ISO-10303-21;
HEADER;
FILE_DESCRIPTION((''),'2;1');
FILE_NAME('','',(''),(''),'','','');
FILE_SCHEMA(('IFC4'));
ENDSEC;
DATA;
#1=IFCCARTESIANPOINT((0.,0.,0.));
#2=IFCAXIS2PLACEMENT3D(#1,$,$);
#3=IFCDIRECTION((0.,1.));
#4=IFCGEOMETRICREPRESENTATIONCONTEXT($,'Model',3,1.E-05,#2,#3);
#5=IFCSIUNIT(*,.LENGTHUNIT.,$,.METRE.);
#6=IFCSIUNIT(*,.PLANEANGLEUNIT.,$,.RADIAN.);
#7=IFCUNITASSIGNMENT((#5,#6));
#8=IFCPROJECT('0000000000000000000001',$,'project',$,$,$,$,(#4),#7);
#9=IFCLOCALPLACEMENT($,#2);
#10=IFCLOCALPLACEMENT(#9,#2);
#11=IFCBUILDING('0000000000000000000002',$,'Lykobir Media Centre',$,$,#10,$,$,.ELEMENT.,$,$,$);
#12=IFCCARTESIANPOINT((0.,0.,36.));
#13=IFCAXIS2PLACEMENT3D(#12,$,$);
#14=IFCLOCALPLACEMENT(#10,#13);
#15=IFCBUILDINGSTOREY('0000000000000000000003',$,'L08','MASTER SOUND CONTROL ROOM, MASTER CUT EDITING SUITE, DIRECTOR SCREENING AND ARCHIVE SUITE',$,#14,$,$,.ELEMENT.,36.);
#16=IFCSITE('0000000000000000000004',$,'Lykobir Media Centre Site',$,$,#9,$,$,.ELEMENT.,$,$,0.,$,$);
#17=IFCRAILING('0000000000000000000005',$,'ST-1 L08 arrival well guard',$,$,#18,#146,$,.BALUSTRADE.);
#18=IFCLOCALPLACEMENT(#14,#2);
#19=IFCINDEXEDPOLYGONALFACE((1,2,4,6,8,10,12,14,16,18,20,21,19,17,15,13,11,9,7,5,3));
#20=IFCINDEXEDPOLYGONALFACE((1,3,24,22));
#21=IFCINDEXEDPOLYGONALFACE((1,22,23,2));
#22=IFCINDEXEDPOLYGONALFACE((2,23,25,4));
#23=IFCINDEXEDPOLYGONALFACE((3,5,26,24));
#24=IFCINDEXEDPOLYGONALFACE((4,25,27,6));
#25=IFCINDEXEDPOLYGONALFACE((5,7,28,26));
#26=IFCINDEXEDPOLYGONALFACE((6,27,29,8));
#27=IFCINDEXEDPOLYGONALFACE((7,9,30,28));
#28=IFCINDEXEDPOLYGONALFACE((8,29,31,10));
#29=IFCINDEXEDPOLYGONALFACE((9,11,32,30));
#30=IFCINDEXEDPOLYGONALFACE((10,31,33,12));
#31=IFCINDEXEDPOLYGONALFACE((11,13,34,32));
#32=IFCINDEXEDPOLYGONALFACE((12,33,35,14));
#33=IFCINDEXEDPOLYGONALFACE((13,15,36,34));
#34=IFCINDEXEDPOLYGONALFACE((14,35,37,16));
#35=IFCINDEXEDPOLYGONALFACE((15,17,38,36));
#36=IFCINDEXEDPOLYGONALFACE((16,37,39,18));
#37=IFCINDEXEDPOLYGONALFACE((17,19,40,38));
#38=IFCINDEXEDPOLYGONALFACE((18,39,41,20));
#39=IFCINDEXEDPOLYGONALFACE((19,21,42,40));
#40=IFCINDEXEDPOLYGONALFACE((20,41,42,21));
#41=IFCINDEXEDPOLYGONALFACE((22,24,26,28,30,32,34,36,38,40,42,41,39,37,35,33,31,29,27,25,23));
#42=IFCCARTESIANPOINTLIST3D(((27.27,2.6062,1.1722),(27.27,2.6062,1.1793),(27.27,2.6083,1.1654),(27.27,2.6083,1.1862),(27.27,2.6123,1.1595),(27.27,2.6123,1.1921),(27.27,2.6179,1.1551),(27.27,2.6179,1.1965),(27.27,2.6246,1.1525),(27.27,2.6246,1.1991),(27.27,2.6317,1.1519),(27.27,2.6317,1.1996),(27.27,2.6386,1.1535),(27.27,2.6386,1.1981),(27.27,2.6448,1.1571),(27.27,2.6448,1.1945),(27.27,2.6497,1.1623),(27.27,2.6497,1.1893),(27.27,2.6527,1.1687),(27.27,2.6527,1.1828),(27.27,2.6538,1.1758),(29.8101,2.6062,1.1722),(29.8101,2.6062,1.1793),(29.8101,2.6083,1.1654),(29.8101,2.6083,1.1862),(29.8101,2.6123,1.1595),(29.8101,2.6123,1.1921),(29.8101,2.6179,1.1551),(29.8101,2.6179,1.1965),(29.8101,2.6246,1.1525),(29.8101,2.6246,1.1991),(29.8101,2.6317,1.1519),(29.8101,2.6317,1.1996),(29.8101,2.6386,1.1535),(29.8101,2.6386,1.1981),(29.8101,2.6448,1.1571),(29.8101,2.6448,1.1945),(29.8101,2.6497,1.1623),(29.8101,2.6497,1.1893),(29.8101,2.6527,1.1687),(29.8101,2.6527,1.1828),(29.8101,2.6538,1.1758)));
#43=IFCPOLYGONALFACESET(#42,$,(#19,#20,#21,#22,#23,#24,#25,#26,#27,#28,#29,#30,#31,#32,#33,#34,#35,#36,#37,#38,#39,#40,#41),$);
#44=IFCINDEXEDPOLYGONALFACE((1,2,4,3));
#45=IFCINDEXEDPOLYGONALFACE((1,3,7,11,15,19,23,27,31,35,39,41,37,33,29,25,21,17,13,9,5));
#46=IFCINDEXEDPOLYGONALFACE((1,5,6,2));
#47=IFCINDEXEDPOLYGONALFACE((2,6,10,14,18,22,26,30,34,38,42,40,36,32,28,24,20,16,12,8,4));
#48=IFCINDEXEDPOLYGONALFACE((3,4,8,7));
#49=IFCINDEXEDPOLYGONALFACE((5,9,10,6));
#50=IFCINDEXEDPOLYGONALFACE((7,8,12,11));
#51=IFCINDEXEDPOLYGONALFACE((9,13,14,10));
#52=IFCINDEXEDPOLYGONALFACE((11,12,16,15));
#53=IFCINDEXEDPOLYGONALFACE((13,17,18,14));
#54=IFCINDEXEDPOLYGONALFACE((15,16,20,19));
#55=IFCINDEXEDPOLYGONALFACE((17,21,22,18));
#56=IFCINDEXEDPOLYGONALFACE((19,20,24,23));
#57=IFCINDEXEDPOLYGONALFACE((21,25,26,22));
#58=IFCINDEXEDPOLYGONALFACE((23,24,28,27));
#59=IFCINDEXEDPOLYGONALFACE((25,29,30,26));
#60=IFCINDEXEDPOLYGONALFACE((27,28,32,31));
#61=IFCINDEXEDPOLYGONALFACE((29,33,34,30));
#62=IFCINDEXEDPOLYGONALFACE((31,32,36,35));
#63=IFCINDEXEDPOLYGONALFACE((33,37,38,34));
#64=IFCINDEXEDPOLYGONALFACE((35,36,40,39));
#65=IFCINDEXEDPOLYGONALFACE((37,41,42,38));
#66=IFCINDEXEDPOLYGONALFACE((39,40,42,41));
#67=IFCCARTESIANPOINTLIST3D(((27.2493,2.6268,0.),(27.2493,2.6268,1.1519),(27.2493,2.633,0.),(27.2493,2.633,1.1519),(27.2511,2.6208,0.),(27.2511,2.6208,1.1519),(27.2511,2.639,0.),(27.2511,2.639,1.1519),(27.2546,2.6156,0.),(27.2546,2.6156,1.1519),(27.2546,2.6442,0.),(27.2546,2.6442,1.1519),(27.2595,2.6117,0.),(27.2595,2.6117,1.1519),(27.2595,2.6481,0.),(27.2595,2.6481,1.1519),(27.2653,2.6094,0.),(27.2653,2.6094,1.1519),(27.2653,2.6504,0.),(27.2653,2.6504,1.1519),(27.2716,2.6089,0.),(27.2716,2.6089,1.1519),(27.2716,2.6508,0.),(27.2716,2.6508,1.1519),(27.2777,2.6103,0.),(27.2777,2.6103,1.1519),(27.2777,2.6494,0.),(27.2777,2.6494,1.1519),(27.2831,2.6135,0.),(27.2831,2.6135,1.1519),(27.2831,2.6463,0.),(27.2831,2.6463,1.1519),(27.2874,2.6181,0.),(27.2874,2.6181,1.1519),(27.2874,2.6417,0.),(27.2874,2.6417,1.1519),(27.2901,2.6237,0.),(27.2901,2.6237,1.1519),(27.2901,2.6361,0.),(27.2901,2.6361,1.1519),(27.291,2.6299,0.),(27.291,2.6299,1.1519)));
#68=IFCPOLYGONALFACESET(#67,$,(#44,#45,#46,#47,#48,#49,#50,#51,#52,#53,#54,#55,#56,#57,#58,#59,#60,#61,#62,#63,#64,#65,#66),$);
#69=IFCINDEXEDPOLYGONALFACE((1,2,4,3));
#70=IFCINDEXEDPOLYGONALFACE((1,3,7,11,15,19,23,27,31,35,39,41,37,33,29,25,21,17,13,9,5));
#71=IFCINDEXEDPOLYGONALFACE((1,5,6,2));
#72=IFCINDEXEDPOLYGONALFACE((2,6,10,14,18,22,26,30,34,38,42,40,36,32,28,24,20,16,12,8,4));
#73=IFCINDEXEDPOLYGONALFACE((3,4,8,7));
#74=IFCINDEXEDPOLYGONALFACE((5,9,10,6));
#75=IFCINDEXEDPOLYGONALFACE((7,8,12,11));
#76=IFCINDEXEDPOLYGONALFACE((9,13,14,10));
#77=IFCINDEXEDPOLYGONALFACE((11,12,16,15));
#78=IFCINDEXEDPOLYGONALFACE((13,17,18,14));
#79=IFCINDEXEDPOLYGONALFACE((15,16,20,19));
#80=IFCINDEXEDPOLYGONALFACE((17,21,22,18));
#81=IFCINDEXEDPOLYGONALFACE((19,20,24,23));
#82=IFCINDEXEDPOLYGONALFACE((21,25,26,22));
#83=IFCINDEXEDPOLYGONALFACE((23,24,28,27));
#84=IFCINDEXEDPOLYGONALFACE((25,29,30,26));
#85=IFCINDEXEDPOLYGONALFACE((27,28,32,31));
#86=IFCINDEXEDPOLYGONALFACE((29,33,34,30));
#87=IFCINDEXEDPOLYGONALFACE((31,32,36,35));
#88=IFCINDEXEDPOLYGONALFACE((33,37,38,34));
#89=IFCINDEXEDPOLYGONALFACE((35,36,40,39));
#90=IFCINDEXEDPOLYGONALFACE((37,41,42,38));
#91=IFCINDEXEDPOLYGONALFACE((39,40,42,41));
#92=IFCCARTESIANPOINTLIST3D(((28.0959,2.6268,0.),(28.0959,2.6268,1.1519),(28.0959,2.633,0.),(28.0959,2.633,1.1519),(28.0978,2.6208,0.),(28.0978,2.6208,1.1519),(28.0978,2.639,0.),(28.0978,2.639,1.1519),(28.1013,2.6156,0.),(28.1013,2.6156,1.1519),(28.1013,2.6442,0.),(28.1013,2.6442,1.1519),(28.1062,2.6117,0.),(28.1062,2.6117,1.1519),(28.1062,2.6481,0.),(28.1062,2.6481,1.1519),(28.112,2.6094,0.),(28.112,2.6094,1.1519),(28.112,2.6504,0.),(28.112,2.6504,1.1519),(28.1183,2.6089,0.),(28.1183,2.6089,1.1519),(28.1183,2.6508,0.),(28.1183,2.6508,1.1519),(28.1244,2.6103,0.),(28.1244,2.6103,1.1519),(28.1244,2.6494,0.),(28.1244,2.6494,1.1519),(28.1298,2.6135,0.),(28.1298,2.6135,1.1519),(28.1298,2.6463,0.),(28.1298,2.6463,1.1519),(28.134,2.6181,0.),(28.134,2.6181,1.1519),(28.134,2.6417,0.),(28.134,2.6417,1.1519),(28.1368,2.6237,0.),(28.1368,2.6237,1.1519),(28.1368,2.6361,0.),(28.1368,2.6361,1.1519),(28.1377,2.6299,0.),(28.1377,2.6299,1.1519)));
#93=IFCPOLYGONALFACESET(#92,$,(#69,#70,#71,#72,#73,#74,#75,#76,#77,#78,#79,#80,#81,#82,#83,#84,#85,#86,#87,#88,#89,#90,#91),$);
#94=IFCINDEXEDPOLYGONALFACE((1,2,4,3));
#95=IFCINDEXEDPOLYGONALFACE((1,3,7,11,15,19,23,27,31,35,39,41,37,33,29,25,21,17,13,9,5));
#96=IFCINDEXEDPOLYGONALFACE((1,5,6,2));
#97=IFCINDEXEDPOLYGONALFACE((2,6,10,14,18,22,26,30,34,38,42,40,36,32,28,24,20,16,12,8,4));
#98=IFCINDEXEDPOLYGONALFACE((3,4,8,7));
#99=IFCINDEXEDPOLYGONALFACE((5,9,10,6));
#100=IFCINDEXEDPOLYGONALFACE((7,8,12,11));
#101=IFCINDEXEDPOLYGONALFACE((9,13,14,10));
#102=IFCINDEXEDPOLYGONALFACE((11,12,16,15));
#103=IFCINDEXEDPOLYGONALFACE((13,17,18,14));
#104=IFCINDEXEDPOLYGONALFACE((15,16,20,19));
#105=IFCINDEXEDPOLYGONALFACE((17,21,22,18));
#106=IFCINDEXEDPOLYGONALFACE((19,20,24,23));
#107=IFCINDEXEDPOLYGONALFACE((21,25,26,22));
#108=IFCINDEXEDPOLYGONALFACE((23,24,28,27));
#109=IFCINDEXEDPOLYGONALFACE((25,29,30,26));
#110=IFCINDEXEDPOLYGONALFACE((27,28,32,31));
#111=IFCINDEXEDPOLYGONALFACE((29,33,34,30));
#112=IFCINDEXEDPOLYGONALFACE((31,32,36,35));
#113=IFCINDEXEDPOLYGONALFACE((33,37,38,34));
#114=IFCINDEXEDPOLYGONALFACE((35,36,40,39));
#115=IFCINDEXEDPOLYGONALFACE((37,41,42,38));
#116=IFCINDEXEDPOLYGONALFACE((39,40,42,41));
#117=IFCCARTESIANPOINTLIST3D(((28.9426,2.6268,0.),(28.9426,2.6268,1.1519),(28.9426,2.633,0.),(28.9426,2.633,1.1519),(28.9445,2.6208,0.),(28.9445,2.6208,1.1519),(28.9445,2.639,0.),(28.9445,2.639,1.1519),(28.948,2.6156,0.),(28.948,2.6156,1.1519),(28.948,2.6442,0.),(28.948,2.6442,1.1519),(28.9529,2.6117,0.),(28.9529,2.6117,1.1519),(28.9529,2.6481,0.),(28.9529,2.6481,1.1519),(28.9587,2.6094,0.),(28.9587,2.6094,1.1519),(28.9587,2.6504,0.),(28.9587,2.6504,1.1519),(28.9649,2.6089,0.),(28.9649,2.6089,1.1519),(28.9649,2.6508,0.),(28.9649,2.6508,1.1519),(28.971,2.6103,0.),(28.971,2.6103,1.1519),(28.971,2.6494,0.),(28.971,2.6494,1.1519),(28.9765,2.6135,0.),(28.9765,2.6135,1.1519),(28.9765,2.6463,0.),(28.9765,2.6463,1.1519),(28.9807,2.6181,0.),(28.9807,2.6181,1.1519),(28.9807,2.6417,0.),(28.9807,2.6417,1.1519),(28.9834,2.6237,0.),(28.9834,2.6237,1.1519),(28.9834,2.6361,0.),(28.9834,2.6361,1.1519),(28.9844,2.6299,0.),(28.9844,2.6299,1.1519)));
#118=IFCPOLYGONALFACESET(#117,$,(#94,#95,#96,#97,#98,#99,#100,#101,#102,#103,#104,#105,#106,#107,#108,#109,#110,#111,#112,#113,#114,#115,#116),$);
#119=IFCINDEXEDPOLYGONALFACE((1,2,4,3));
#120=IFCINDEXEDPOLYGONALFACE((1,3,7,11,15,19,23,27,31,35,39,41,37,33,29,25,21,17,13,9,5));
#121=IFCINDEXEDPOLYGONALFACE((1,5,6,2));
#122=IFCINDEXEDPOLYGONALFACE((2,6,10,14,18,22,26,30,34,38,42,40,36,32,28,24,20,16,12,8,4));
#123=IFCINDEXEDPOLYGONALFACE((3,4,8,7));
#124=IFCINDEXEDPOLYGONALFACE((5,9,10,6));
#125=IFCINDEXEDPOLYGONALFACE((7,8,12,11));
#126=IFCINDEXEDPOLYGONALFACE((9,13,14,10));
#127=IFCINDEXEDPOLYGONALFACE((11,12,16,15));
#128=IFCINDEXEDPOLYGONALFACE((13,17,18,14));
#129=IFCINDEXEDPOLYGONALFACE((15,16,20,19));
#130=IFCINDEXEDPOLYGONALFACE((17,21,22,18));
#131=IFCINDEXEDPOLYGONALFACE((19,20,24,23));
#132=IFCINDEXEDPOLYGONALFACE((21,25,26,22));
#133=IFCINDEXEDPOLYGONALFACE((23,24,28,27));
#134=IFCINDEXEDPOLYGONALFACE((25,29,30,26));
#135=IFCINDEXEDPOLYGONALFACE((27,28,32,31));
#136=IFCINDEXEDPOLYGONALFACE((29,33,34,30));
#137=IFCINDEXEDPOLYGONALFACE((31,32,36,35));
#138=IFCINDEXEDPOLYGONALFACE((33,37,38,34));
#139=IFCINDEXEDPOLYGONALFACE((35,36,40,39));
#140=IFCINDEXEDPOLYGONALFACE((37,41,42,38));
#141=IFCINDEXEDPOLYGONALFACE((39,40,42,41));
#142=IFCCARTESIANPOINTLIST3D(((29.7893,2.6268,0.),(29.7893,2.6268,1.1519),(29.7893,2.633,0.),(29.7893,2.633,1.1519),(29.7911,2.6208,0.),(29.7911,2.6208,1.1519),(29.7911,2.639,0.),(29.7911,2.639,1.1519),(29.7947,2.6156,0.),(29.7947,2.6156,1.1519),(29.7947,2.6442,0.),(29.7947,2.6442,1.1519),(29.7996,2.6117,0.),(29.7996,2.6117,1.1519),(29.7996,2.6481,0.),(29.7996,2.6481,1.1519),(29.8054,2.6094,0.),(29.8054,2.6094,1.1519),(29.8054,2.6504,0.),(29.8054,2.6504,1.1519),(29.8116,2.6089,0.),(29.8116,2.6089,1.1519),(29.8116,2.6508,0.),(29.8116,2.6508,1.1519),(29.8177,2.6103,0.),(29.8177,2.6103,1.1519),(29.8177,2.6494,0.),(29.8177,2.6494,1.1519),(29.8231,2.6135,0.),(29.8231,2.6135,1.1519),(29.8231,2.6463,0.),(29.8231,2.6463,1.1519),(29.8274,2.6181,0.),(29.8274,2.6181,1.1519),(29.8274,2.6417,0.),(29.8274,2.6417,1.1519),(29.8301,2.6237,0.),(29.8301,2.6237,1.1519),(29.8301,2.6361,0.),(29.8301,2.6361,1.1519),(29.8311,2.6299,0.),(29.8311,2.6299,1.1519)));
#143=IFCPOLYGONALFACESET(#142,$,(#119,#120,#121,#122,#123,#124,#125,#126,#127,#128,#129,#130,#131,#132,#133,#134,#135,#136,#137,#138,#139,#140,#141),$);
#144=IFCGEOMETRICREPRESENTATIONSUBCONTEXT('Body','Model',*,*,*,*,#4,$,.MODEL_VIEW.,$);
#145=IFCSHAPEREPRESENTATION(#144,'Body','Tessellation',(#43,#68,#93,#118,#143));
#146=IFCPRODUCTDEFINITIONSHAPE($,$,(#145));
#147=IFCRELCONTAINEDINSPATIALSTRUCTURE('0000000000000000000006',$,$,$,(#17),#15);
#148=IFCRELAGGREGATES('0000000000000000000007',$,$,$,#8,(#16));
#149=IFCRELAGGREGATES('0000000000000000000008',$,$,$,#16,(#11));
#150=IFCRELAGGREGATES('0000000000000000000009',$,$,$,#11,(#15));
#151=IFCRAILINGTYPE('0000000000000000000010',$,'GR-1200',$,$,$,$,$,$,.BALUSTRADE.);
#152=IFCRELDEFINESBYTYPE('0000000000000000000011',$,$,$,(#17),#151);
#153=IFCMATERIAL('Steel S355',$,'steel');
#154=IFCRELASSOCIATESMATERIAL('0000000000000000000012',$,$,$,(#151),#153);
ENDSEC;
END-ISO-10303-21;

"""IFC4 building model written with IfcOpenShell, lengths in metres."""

from ifc_helpers import new_model, si_unit, direction, frame, origin, origin_2d, place, context, subcontext, project, spatial, circle, extrude, material, type_object, element, save


model = new_model("IFC4")

# Units and contexts
model_context = context("Model", 3, precision=1e-05, world=origin(), true_north=direction((0.0, 1.0)))
body_context = subcontext(model_context, "Body", "Model", "MODEL_VIEW")
ifc_project = project(units=[si_unit("LENGTHUNIT", "METRE"), si_unit("PLANEANGLEUNIT", "RADIAN")], contexts=[model_context])

# Site, building, storey
site_placement = place(None, origin())
site = spatial("IfcSite", under=ifc_project, at=site_placement, Name="Lykobir Media Centre Site", CompositionType="ELEMENT", RefElevation=0.0)
building_placement = place(site_placement, origin())
building = spatial("IfcBuilding", under=site, at=building_placement, Name="Lykobir Media Centre", CompositionType="ELEMENT")
storey_placement = place(building_placement, frame((0.0, 0.0, 36.0)))
storey = spatial("IfcBuildingStorey", under=building, at=storey_placement, Name="L08", Description="MASTER SOUND CONTROL ROOM, MASTER CUT EDITING SUITE, DIRECTOR SCREENING AND ARCHIVE SUITE", CompositionType="ELEMENT", Elevation=36.0)

# Shared definitions
ifc_material_1 = material(Name="Steel S355", Category="steel")

# Railing
railing_type = type_object("IfcRailingType", Name="GR-1200", PredefinedType="BALUSTRADE", material=ifc_material_1)
railing_placement = place(storey_placement, frame((27.27, 2.6299, 0.0)))
element("IfcRailing", 1, at=railing_placement, inside=storey, type_object=railing_type, Name="ST-1 L08 arrival well guard", PredefinedType="BALUSTRADE", context=body_context, shape_type="SweptSolid", body=[
    extrude(circle(Radius=0.0239, at=origin_2d()), frame((0.0, 0.0, 1.1758), z_axis=(1.0, 0.0, 0.0), x_axis=(0.0, 1.0, 0.0)), (0.0, 0.0, 1.0), 2.54),
    extrude(circle(Radius=0.021, at=origin_2d()), origin(), (0.0, 0.0, 1.0), 1.1519),
    extrude(circle(Radius=0.021, at=origin_2d()), frame((0.8467, 0.0, 0.0)), (0.0, 0.0, 1.0), 1.1519),
    extrude(circle(Radius=0.021, at=origin_2d()), frame((1.6934, 0.0, 0.0)), (0.0, 0.0, 1.0), 1.1519),
    extrude(circle(Radius=0.021, at=origin_2d()), frame((2.54, 0.0, 0.0)), (0.0, 0.0, 1.0), 1.1519),
])

save(model, "model.ifc")
